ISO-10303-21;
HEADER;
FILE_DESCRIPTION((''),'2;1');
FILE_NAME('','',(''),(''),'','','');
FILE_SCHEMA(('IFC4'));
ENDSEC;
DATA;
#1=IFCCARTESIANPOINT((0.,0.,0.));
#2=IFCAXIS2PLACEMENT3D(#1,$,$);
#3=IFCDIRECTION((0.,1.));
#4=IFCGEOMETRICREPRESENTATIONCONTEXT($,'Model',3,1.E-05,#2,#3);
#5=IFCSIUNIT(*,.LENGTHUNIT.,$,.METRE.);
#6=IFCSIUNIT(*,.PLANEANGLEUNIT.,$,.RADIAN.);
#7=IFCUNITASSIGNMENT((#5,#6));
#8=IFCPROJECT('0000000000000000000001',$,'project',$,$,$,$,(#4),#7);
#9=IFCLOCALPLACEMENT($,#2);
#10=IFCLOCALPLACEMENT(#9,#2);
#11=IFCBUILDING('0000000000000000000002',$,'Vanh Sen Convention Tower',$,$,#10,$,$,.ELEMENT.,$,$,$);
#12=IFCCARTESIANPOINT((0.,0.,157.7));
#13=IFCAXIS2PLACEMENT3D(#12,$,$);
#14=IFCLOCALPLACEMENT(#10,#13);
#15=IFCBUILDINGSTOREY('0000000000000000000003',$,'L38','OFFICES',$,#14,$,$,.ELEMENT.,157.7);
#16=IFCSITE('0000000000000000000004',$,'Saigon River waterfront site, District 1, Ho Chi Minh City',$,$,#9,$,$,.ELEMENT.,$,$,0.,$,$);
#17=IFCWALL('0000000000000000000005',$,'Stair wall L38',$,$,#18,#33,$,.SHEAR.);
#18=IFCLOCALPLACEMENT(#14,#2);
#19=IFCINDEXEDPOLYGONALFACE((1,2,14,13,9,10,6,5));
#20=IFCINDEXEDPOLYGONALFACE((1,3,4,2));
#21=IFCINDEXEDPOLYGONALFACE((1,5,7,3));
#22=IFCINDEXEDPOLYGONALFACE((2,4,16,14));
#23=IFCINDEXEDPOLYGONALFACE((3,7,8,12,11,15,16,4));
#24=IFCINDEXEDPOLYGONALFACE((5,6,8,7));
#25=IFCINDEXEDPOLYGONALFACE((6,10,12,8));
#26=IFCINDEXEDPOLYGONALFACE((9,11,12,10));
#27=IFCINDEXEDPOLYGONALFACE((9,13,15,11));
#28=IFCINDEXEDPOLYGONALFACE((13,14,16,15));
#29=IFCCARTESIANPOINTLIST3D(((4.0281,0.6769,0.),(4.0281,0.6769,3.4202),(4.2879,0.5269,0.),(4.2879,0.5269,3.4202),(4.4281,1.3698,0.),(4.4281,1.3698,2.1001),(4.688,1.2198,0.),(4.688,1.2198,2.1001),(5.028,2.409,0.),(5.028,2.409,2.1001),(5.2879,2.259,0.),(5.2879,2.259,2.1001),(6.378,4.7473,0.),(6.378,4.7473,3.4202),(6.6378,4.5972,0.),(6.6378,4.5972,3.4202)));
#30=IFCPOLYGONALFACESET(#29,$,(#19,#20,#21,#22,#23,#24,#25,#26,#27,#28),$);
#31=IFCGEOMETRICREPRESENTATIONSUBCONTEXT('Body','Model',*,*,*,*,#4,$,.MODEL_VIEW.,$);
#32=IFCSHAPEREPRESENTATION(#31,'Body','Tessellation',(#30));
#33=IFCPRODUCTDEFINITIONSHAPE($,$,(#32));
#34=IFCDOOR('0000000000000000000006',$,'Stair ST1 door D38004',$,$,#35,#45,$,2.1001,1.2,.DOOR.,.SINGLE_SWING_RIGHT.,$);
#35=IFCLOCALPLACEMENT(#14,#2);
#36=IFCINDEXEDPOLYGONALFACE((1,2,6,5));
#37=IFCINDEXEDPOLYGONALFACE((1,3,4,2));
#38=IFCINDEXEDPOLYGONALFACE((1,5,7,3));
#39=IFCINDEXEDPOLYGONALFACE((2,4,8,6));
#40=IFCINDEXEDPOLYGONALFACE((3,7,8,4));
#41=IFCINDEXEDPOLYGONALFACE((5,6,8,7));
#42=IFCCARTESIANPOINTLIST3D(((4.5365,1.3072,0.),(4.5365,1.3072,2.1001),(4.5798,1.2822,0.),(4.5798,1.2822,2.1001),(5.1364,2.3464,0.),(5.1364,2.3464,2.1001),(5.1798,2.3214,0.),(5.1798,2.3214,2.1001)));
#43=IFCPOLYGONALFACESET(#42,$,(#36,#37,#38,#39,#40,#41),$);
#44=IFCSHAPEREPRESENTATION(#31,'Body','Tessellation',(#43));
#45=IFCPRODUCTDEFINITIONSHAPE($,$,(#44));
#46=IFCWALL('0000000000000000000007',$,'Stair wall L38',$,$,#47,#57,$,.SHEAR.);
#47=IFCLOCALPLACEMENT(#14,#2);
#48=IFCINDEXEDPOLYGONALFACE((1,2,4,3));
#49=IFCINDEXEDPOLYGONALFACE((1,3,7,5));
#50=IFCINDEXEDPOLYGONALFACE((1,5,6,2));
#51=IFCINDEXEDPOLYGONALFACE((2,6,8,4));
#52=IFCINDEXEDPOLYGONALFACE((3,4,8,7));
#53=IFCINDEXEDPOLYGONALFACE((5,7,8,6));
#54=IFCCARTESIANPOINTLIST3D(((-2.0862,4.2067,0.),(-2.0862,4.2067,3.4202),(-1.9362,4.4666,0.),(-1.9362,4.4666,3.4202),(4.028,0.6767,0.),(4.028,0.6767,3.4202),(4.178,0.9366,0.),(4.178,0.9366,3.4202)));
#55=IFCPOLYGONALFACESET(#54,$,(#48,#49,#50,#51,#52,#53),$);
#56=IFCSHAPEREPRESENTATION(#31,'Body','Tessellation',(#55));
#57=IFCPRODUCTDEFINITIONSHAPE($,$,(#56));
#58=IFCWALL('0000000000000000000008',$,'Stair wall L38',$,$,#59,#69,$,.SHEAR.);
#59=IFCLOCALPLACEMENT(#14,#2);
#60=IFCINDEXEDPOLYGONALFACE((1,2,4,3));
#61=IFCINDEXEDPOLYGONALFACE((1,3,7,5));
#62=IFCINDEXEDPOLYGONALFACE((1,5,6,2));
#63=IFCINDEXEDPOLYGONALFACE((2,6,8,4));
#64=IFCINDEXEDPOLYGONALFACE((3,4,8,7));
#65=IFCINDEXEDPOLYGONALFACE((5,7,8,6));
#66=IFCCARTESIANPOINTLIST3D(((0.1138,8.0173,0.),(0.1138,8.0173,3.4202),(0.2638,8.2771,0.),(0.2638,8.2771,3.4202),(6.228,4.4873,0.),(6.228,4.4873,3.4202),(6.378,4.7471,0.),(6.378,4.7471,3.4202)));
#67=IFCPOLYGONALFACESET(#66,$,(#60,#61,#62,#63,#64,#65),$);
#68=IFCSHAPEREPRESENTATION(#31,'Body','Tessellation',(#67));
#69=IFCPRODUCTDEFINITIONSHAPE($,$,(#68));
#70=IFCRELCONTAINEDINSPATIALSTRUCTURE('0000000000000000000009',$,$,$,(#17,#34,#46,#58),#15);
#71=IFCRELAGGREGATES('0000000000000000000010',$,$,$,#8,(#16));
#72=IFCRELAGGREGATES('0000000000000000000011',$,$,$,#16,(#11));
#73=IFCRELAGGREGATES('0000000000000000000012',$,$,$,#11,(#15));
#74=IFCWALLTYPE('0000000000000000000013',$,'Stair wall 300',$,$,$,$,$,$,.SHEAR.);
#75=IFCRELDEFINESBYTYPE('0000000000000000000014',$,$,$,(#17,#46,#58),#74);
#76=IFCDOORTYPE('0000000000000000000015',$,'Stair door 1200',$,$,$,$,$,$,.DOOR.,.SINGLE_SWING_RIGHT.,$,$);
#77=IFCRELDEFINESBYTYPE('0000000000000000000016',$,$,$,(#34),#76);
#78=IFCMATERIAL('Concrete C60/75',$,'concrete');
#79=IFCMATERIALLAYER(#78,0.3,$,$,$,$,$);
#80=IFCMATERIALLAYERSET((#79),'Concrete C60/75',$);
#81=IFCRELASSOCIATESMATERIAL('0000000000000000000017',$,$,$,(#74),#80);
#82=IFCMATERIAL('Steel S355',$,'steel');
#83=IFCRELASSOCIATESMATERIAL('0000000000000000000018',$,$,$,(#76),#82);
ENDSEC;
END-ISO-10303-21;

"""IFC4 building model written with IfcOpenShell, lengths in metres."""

from ifc_helpers import new_model, si_unit, direction, frame, frame_2d, origin, place, context, subcontext, project, spatial, rectangle, extrude, material, layer, layer_set, type_object, element, fill, save


model = new_model("IFC4")

# Units and contexts
model_context = context("Model", 3, precision=1e-05, world=origin(), true_north=direction((0.0, 1.0)))
body_context = subcontext(model_context, "Body", "Model", "MODEL_VIEW")
ifc_project = project(units=[si_unit("LENGTHUNIT", "METRE"), si_unit("PLANEANGLEUNIT", "RADIAN")], contexts=[model_context])

# Site, building, storey
site_placement = place(None, origin())
site = spatial("IfcSite", under=ifc_project, at=site_placement, Name="Saigon River waterfront site, District 1, Ho Chi Minh City", CompositionType="ELEMENT", RefElevation=0.0)
building_placement = place(site_placement, origin())
building = spatial("IfcBuilding", under=site, at=building_placement, Name="Vanh Sen Convention Tower", CompositionType="ELEMENT")
storey_placement = place(building_placement, frame((0.0, 0.0, 157.7)))
storey = spatial("IfcBuildingStorey", under=building, at=storey_placement, Name="L38", Description="OFFICES", CompositionType="ELEMENT", Elevation=157.7)

# Shared definitions
ifc_material_1 = material(Name="Steel S355", Category="steel")

# Shared definitions
ifc_material_2 = material(Name="Concrete C60/75", Category="concrete")

# Wall, opening, door
ifc_layer_1 = layer(ifc_material_2, 0.3)
ifc_layer_set_1 = layer_set([ifc_layer_1], Name="Concrete C60/75")
wall_type_1 = type_object("IfcWallType", Name="Stair wall 300", PredefinedType="SHEAR", material=ifc_layer_set_1)
wall_1_placement = place(storey_placement, frame((4.158, 0.6018, 0.0), z_axis=(0.0, 0.0, 1.0), x_axis=(0.499977, 0.866039, 0.0)))
wall_1 = element("IfcWall", 1, at=wall_1_placement, inside=storey, type_object=wall_type_1, Name="Stair wall L38", PredefinedType="SHEAR", context=body_context, shape_type="SweptSolid", body=[
    extrude(rectangle(XDim=4.7, YDim=0.3, at=frame_2d((2.3501, 0.0))), origin(), (0.0, 0.0, 1.0), 3.4202),
])
opening_1_placement = place(wall_1_placement, frame((0.8, 0.0, 0.0)))
opening_1 = element("IfcOpeningElement", 2, at=opening_1_placement, cuts=wall_1, PredefinedType="OPENING", context=body_context, shape_type="SweptSolid", body=[
    extrude(rectangle(XDim=1.2, YDim=2.1001, at=frame_2d((0.6001, 1.05))), frame((0.0, 0.1599, 0.0), z_axis=(0.0, -1.0, 0.0), x_axis=(1.0, 0.0, 0.0)), (0.0, 0.0, 1.0), 0.3201),
])
door_type_1 = type_object("IfcDoorType", Name="Stair door 1200", OperationType="SINGLE_SWING_RIGHT", PredefinedType="DOOR", material=ifc_material_1)
door_1_placement = place(opening_1_placement, origin())
door_1 = element("IfcDoor", 3, at=door_1_placement, inside=storey, type_object=door_type_1, Name="Stair ST1 door D38004", OperationType="SINGLE_SWING_RIGHT", OverallHeight=2.1001, OverallWidth=1.2, PredefinedType="DOOR", context=body_context, shape_type="SweptSolid", body=[
    extrude(rectangle(XDim=1.2, YDim=2.1001, at=frame_2d((0.6001, 1.05))), frame((0.0, 0.0249, 0.0), z_axis=(0.0, -1.0, 0.0), x_axis=(1.0, 0.0, 0.0)), (0.0, 0.0, 1.0), 0.05),
])
fill(opening_1, door_1)

# Walls
for number, where, z_axis, x_axis, name in (
    (4, (4.103, 0.8066, 0.0), (0.0, 0.0, 1.0), (-0.866028, 0.499996, 0.0), "Stair wall L38"),
    (5, (6.303, 4.6172, 0.0), (0.0, 0.0, 1.0), (-0.866028, 0.499996, 0.0), "Stair wall L38"),
):
    element("IfcWall", number, at=place(storey_placement, frame(where, z_axis=z_axis, x_axis=x_axis)), inside=storey, type_object=wall_type_1, Name=name, PredefinedType="SHEAR", context=body_context, shape_type="SweptSolid", body=[
        extrude(rectangle(XDim=7.0601, YDim=0.3, at=frame_2d((3.53, 0.0))), origin(), (0.0, 0.0, 1.0), 3.4202),
    ])

save(model, "model.ifc")
